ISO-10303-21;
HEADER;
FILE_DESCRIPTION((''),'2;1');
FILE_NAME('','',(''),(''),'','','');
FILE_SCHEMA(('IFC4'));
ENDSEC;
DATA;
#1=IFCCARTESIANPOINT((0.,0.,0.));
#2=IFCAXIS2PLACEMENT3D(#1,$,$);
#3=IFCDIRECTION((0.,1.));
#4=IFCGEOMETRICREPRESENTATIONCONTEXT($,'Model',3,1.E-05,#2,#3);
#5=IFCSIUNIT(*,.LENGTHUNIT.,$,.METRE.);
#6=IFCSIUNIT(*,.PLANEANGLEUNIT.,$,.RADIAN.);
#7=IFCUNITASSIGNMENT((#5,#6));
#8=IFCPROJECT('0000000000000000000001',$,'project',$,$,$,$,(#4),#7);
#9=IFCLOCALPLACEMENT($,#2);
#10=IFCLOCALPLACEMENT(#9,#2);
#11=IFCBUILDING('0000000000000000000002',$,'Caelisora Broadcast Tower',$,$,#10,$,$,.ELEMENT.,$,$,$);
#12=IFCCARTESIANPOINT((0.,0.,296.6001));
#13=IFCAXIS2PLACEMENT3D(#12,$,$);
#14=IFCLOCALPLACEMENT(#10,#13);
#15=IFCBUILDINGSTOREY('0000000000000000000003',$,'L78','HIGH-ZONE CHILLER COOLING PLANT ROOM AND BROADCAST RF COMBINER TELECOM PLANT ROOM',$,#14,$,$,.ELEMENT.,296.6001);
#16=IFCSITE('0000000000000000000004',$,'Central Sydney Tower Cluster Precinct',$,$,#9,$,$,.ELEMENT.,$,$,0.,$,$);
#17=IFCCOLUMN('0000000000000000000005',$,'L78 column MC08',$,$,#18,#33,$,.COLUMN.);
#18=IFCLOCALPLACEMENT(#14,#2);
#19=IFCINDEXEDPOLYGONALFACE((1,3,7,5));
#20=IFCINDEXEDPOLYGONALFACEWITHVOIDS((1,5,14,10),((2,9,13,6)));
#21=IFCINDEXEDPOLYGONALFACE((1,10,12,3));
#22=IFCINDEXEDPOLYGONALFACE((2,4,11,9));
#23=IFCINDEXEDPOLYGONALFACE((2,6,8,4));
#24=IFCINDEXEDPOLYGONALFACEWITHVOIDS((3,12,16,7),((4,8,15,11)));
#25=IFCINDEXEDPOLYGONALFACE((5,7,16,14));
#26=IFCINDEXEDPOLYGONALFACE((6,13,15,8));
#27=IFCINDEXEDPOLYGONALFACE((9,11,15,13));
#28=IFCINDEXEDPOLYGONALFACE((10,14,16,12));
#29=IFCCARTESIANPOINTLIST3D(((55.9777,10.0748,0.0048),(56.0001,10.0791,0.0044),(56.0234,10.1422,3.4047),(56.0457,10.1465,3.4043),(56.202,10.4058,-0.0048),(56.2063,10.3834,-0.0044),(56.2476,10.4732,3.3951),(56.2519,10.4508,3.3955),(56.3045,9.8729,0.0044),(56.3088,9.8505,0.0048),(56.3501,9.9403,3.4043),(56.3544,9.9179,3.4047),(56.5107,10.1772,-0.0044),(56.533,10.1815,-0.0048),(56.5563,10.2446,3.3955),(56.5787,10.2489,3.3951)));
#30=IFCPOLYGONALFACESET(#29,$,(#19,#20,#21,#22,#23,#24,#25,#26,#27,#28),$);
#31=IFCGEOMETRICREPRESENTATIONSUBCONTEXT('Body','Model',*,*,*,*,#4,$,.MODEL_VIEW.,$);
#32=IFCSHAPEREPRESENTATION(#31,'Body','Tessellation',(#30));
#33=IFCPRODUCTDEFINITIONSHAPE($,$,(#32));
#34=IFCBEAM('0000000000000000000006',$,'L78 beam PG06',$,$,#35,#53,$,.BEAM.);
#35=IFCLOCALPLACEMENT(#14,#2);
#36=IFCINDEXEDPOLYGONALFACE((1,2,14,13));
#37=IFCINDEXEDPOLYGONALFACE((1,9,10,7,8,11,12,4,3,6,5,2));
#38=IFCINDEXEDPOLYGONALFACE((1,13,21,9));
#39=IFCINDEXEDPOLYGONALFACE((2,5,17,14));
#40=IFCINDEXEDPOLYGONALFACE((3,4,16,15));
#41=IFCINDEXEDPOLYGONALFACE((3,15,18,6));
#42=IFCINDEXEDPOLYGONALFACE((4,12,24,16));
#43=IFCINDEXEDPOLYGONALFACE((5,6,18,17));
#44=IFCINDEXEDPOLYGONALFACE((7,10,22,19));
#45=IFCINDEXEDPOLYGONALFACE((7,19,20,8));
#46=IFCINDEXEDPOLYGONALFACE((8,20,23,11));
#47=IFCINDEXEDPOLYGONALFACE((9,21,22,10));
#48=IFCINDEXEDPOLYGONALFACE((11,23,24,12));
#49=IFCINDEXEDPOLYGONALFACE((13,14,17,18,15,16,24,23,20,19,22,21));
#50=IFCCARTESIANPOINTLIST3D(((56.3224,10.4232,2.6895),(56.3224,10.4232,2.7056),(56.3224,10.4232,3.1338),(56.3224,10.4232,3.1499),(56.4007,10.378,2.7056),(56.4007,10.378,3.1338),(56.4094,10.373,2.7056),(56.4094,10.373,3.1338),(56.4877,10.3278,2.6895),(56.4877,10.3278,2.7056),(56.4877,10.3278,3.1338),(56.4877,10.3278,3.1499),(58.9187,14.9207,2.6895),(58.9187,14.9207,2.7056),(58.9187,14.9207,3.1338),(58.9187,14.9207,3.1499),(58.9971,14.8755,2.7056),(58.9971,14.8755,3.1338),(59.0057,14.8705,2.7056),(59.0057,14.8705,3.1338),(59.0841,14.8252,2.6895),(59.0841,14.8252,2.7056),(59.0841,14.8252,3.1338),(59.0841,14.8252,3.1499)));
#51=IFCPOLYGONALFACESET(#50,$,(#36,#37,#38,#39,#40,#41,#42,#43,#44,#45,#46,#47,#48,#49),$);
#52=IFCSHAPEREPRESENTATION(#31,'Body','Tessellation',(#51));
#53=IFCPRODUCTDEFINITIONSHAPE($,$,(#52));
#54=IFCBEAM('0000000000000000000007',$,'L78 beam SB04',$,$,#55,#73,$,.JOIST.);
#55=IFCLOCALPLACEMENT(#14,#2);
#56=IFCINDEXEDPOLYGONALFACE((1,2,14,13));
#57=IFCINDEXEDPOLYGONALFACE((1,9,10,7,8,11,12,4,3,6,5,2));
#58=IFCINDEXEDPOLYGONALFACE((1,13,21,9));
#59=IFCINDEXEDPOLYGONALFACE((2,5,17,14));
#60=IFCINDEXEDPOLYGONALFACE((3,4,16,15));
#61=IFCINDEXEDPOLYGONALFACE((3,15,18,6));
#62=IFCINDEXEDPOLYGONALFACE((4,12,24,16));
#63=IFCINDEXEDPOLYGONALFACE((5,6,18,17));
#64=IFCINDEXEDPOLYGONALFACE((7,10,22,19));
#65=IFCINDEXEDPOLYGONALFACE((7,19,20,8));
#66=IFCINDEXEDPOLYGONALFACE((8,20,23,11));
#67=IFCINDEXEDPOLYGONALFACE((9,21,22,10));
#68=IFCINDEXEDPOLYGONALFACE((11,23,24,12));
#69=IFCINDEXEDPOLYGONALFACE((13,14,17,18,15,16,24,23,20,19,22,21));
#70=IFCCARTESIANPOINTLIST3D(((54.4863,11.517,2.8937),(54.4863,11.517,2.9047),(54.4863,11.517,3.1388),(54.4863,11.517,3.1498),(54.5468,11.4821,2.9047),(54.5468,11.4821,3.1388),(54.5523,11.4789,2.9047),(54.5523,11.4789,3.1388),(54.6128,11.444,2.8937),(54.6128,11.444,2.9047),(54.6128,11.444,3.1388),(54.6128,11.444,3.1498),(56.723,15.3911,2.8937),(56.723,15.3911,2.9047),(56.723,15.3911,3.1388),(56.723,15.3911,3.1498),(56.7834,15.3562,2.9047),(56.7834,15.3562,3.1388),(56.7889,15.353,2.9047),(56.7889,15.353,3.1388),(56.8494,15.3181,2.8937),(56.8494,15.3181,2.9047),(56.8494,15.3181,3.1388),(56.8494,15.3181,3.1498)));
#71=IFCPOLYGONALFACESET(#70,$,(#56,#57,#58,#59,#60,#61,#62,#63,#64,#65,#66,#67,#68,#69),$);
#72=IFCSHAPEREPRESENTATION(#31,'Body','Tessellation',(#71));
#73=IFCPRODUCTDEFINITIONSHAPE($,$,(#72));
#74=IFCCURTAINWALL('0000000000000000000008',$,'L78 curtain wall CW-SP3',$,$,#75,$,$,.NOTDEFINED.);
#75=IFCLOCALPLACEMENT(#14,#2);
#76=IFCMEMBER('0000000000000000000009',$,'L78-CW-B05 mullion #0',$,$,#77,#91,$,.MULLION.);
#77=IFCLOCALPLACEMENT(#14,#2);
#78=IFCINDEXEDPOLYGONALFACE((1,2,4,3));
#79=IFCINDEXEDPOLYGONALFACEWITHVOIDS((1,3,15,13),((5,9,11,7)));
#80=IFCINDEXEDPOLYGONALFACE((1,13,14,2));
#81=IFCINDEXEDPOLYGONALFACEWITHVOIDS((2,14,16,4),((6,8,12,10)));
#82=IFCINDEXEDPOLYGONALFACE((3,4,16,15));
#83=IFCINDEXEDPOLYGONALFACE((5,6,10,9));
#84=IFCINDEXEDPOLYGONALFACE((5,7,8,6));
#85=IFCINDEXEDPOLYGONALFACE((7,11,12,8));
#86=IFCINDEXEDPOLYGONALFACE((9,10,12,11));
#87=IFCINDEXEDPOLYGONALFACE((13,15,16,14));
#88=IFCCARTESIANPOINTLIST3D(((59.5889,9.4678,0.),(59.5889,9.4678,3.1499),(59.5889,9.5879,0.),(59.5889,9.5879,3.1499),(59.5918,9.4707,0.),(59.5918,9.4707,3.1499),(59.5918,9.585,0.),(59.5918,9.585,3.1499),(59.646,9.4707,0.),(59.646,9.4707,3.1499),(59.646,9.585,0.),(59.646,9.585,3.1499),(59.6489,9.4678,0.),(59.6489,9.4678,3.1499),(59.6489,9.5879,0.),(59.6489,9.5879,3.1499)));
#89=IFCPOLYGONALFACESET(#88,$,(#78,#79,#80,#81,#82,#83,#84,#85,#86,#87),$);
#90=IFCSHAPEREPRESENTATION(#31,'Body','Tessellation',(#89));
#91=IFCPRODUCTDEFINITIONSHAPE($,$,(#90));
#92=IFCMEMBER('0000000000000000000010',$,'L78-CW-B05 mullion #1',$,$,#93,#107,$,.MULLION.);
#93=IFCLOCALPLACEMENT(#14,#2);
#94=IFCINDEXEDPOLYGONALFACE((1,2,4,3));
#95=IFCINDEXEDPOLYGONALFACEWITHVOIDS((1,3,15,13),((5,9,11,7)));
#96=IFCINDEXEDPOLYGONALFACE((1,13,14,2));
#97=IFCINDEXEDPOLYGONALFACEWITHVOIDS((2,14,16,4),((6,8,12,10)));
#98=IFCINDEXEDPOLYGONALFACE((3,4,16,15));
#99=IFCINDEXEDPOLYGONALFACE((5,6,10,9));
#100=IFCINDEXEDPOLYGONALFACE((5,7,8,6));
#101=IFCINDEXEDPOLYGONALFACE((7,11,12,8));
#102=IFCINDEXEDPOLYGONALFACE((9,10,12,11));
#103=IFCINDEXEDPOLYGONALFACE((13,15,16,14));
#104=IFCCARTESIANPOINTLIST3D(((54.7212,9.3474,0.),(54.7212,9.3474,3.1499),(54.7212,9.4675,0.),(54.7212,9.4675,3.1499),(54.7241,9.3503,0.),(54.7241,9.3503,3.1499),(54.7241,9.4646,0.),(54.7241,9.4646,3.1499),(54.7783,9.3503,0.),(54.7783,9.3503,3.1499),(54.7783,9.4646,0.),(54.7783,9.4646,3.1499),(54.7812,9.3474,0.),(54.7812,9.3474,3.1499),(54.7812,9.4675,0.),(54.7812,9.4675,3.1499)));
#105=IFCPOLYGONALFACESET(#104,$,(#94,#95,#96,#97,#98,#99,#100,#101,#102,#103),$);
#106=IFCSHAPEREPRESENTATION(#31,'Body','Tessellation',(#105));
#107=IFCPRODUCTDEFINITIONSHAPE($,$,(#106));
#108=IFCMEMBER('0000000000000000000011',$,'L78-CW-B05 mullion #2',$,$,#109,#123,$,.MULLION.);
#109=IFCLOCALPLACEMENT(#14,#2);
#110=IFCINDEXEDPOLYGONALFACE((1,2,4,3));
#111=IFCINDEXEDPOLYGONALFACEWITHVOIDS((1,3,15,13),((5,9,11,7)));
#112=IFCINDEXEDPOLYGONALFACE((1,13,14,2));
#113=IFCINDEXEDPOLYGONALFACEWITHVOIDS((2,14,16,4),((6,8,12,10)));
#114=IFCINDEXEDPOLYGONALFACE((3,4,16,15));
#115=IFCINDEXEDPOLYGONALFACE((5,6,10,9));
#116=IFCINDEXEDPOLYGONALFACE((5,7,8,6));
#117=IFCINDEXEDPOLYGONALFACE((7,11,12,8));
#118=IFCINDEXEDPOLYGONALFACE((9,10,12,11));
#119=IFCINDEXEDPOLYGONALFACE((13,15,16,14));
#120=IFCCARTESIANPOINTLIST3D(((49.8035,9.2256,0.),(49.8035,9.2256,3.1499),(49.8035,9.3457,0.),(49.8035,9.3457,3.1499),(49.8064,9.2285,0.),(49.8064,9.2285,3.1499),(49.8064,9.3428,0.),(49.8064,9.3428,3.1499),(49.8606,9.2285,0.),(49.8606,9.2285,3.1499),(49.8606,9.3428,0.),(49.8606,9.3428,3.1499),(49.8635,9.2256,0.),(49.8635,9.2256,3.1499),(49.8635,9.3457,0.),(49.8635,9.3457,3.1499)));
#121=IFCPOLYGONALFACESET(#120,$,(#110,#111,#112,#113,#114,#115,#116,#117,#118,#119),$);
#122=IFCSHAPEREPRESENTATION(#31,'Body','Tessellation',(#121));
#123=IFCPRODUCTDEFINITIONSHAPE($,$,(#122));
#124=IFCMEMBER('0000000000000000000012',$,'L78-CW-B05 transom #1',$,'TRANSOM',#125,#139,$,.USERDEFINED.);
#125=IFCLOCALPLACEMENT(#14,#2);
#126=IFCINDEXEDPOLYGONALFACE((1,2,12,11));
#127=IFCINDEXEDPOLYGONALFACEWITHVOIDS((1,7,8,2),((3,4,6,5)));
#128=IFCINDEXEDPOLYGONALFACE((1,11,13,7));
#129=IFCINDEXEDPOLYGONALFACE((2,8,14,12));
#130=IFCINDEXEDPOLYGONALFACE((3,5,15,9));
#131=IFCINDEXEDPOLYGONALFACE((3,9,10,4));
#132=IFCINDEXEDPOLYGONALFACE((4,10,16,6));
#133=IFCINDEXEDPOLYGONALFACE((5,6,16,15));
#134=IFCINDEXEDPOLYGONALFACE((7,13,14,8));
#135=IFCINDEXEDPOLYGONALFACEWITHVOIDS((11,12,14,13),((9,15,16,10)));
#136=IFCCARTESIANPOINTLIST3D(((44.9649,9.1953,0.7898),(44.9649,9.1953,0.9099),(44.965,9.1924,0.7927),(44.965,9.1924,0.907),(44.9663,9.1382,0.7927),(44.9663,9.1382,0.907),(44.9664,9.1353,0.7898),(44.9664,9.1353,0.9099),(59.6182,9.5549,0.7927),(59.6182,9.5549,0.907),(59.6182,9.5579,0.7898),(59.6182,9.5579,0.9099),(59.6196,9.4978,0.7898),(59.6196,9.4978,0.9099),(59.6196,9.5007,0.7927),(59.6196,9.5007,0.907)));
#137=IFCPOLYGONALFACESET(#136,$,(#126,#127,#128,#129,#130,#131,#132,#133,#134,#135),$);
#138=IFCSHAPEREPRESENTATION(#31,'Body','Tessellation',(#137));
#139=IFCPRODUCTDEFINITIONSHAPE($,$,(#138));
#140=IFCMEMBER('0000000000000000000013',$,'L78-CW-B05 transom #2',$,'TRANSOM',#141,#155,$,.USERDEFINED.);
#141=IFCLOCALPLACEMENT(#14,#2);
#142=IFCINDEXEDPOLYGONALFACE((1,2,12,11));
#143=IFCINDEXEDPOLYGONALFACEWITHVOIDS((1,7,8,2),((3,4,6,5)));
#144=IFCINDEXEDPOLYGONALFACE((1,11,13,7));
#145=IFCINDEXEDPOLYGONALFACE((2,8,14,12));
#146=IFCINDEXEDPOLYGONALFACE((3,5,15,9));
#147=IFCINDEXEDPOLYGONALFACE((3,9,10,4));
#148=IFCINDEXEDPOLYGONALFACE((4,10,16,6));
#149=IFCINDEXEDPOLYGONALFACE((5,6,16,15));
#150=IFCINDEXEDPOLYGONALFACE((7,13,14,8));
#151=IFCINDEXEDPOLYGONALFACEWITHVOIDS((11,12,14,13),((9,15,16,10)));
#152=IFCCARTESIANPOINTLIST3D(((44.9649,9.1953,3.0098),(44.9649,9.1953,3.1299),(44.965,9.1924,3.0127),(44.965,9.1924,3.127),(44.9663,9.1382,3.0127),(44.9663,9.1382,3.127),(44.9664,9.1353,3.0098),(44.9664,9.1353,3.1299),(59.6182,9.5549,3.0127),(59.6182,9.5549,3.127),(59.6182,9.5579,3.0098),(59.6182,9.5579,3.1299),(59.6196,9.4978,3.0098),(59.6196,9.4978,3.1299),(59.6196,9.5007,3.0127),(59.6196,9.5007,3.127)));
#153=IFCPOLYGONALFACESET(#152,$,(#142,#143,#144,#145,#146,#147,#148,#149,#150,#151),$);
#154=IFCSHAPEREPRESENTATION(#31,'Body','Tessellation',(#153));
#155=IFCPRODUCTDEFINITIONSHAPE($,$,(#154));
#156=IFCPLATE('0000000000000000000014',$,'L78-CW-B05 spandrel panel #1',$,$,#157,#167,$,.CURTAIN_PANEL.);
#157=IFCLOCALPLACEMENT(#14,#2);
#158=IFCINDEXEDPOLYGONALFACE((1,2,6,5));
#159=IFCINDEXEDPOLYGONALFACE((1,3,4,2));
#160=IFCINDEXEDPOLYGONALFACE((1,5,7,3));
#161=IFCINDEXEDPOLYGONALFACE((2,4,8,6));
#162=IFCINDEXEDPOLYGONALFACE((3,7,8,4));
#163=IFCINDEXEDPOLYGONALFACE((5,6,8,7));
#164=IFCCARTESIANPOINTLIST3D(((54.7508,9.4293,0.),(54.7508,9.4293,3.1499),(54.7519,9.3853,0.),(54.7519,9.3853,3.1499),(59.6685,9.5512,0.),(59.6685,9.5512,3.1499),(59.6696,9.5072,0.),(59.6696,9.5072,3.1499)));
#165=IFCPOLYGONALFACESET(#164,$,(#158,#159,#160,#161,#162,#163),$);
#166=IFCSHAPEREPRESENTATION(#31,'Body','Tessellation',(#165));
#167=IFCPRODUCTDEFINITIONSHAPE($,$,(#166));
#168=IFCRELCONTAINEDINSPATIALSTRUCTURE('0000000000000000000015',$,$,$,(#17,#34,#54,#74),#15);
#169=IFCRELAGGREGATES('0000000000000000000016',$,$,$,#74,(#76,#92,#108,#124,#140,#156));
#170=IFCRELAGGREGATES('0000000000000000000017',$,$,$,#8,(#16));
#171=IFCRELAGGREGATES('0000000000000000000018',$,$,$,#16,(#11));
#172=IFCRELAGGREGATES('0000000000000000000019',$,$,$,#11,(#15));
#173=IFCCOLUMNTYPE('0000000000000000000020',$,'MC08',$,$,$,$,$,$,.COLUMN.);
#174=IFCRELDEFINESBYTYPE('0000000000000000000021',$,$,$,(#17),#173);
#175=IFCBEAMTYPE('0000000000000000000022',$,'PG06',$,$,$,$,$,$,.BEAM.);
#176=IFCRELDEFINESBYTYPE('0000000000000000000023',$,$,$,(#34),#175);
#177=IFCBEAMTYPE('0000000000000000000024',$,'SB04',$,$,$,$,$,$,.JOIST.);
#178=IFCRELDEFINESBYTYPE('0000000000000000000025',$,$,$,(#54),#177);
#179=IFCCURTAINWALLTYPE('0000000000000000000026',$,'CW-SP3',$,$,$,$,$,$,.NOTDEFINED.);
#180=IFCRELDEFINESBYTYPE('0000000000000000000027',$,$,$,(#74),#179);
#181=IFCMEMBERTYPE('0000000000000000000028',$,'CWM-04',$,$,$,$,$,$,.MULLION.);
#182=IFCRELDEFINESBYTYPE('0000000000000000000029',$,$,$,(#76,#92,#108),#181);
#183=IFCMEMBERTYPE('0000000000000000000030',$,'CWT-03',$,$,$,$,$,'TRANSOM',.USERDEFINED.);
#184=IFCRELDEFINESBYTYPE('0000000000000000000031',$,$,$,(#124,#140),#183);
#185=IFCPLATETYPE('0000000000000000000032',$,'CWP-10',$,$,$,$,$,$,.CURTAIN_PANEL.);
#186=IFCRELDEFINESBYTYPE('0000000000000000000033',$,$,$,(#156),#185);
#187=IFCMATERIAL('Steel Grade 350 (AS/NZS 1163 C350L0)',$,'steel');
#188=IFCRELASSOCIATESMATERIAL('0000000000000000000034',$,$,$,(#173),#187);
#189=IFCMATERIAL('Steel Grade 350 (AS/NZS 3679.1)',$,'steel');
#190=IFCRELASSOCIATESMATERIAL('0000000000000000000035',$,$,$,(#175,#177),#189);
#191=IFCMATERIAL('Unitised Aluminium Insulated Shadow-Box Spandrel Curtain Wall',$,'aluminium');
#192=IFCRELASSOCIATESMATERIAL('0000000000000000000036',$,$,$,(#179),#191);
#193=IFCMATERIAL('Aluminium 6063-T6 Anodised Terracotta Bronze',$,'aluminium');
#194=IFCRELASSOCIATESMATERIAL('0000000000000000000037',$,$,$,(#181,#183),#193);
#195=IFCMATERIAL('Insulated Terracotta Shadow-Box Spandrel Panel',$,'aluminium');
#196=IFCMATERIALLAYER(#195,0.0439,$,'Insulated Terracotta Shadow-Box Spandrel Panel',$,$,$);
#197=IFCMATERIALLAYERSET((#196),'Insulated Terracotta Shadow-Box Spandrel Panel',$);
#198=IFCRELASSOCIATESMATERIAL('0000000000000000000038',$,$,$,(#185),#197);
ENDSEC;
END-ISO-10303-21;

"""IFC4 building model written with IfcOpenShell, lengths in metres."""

from ifc_helpers import new_model, si_unit, direction, frame, origin, origin_2d, place, context, subcontext, project, spatial, rectangle, hollow_rectangle, i_section, extrude, source, transform, mapped, material, layer, layer_set, material_profile, profile_set, type_object, type_shapes, element, aggregate, save


model = new_model("IFC4")

# Units and contexts
model_context = context("Model", 3, precision=1e-05, world=origin(), true_north=direction((0.0, 1.0)))
body_context = subcontext(model_context, "Body", "Model", "MODEL_VIEW")
ifc_project = project(units=[si_unit("LENGTHUNIT", "METRE"), si_unit("PLANEANGLEUNIT", "RADIAN")], contexts=[model_context])

# Site, building, storey
site_placement = place(None, origin())
site = spatial("IfcSite", under=ifc_project, at=site_placement, Name="Central Sydney Tower Cluster Precinct", CompositionType="ELEMENT", RefElevation=0.0)
building_placement = place(site_placement, origin())
building = spatial("IfcBuilding", under=site, at=building_placement, Name="Caelisora Broadcast Tower", CompositionType="ELEMENT")
storey_placement = place(building_placement, frame((0.0, 0.0, 296.6001)))
storey = spatial("IfcBuildingStorey", under=building, at=storey_placement, Name="L78", Description="HIGH-ZONE CHILLER COOLING PLANT ROOM AND BROADCAST RF COMBINER TELECOM PLANT ROOM", CompositionType="ELEMENT", Elevation=296.6001)

# Column
ifc_material_1 = material(Name="Steel Grade 350 (AS/NZS 1163 C350L0)", Category="steel")
ifc_material_profile_1 = material_profile(ifc_material_1, hollow_rectangle(XDim=0.3999, YDim=0.3999, WallThickness=0.0161, at=origin_2d()), Name="Steel Grade 350 (AS/NZS 1163 C350L0)")
ifc_profile_set_1 = profile_set([ifc_material_profile_1], Name="Steel Grade 350 (AS/NZS 1163 C350L0)")
column_type = type_object("IfcColumnType", Name="MC08", PredefinedType="COLUMN", material=ifc_profile_set_1)
shared_shape_1 = source(origin(), body_context, "Body", "SweptSolid", [
    extrude(hollow_rectangle(XDim=0.3999, YDim=0.3999, WallThickness=0.0161, at=origin_2d()), origin(), (0.0, 0.0, 1.0), 3.4009),
])
type_shapes(column_type, [shared_shape_1])
column_placement = place(storey_placement, frame((56.2554, 10.1282, 0.0), z_axis=(0.013424, 0.019813, 0.999714), x_axis=(-0.827874, 0.560914, 0.0)))
element("IfcColumn", 1, at=column_placement, inside=storey, type_object=column_type, Name="L78 column MC08", PredefinedType="COLUMN", context=body_context, shape_type="MappedRepresentation", body=[
    mapped(shared_shape_1, transform((0.0, 0.0, 0.0), scale=1.0)),
])

# Beams
ifc_material_2 = material(Name="Steel Grade 350 (AS/NZS 3679.1)", Category="steel")
ifc_material_profile_2 = material_profile(ifc_material_2, i_section(OverallWidth=0.1909, OverallDepth=0.4604, WebThickness=0.01, FlangeThickness=0.0161, at=origin_2d()), Name="Steel Grade 350 (AS/NZS 3679.1)")
ifc_profile_set_2 = profile_set([ifc_material_profile_2], Name="Steel Grade 350 (AS/NZS 3679.1)")
beam_type_1 = type_object("IfcBeamType", Name="PG06", PredefinedType="BEAM", material=ifc_profile_set_2)
shared_shape_2 = source(origin(), body_context, "Body", "SweptSolid", [
    extrude(i_section(OverallWidth=0.1909, OverallDepth=0.4604, WebThickness=0.01, FlangeThickness=0.0161, at=origin_2d()), origin(), (0.0, 0.0, 1.0), 5.1931),
])
type_shapes(beam_type_1, [shared_shape_2])
beam_1_placement = place(storey_placement, frame((56.405, 10.3755, 2.9197), z_axis=(0.499967, 0.866045, 0.0), x_axis=(-0.866045, 0.499967, 0.0)))
element("IfcBeam", 2, at=beam_1_placement, inside=storey, type_object=beam_type_1, Name="L78 beam PG06", PredefinedType="BEAM", context=body_context, shape_type="MappedRepresentation", body=[
    mapped(shared_shape_2, transform((0.0, 0.0, 0.0), scale=1.0)),
])
ifc_material_profile_3 = material_profile(ifc_material_2, i_section(OverallWidth=0.146, OverallDepth=0.2561, WebThickness=0.0063, FlangeThickness=0.011, at=origin_2d()), Name="Steel Grade 350 (AS/NZS 3679.1)")
ifc_profile_set_3 = profile_set([ifc_material_profile_3], Name="Steel Grade 350 (AS/NZS 3679.1)")
beam_type_2 = type_object("IfcBeamType", Name="SB04", PredefinedType="JOIST", material=ifc_profile_set_3)
shared_shape_3 = source(origin(), body_context, "Body", "SweptSolid", [
    extrude(i_section(OverallWidth=0.146, OverallDepth=0.2561, WebThickness=0.0063, FlangeThickness=0.011, at=origin_2d()), origin(), (0.0, 0.0, 1.0), 4.4734),
])
type_shapes(beam_type_2, [shared_shape_3])
beam_2_placement = place(storey_placement, frame((54.5496, 11.4805, 3.0217), z_axis=(0.499984, 0.866035, 0.0), x_axis=(-0.866035, 0.499984, 0.0)))
element("IfcBeam", 3, at=beam_2_placement, inside=storey, type_object=beam_type_2, Name="L78 beam SB04", PredefinedType="JOIST", context=body_context, shape_type="MappedRepresentation", body=[
    mapped(shared_shape_3, transform((0.0, 0.0, 0.0), scale=1.0)),
])

# Curtain wall, members, plate
ifc_material_3 = material(Name="Unitised Aluminium Insulated Shadow-Box Spandrel Curtain Wall", Category="aluminium")
curtain_wall_type = type_object("IfcCurtainWallType", Name="CW-SP3", PredefinedType="NOTDEFINED", material=ifc_material_3)
curtain_wall_placement = place(storey_placement, origin())
curtain_wall = element("IfcCurtainWall", 4, at=curtain_wall_placement, inside=storey, type_object=curtain_wall_type, Name="L78 curtain wall CW-SP3", PredefinedType="NOTDEFINED")
ifc_material_4 = material(Name="Aluminium 6063-T6 Anodised Terracotta Bronze", Category="aluminium")
ifc_material_profile_4 = material_profile(ifc_material_4, hollow_rectangle(XDim=0.0601, YDim=0.1201, WallThickness=0.0029, at=origin_2d()), Name="Aluminium 6063-T6 Anodised Terracotta Bronze")
ifc_profile_set_4 = profile_set([ifc_material_profile_4], Name="Aluminium 6063-T6 Anodised Terracotta Bronze")
member_type_1 = type_object("IfcMemberType", Name="CWM-04", PredefinedType="MULLION", material=ifc_profile_set_4)
shared_shape_4 = source(origin(), body_context, "Body", "SweptSolid", [
    extrude(hollow_rectangle(XDim=0.0601, YDim=0.1201, WallThickness=0.0029, at=origin_2d()), origin(), (0.0, 0.0, 1.0), 3.1499),
])
type_shapes(member_type_1, [shared_shape_4])
member_1_placement = place(storey_placement, frame((59.6189, 9.5278, 0.0), z_axis=(0.0, 0.0, 1.0), x_axis=(1.0, 0.0, 0.0)))
member_1 = element("IfcMember", 5, at=member_1_placement, type_object=member_type_1, Name="L78-CW-B05 mullion #0", PredefinedType="MULLION", context=body_context, shape_type="MappedRepresentation", body=[
    mapped(shared_shape_4, transform((0.0, 0.0, 0.0), scale=1.0)),
])
member_2_placement = place(storey_placement, frame((54.7512, 9.4075, 0.0), z_axis=(0.0, 0.0, 1.0), x_axis=(1.0, 0.0, 0.0)))
member_2 = element("IfcMember", 6, at=member_2_placement, type_object=member_type_1, Name="L78-CW-B05 mullion #1", PredefinedType="MULLION", context=body_context, shape_type="MappedRepresentation", body=[
    mapped(shared_shape_4, transform((0.0, 0.0, 0.0), scale=1.0)),
])
member_3_placement = place(storey_placement, frame((49.8335, 9.2856, 0.0), z_axis=(0.0, 0.0, 1.0), x_axis=(1.0, 0.0, 0.0)))
member_3 = element("IfcMember", 7, at=member_3_placement, type_object=member_type_1, Name="L78-CW-B05 mullion #2", PredefinedType="MULLION", context=body_context, shape_type="MappedRepresentation", body=[
    mapped(shared_shape_4, transform((0.0, 0.0, 0.0), scale=1.0)),
])
ifc_material_profile_5 = material_profile(ifc_material_4, hollow_rectangle(XDim=0.0601, YDim=0.1201, WallThickness=0.0029, at=origin_2d()), Name="Aluminium 6063-T6 Anodised Terracotta Bronze")
ifc_profile_set_5 = profile_set([ifc_material_profile_5], Name="Aluminium 6063-T6 Anodised Terracotta Bronze")
member_type_2 = type_object("IfcMemberType", Name="CWT-03", ElementType="TRANSOM", PredefinedType="USERDEFINED", material=ifc_profile_set_5)
shared_shape_5 = source(origin(), body_context, "Body", "SweptSolid", [
    extrude(hollow_rectangle(XDim=0.0601, YDim=0.1201, WallThickness=0.0029, at=origin_2d()), origin(), (0.0, 0.0, 1.0), 14.6577),
])
type_shapes(member_type_2, [shared_shape_5])
member_4_placement = place(storey_placement, frame((59.6189, 9.5278, 0.8499), z_axis=(-0.999694, -0.024734, 0.0), x_axis=(0.024734, -0.999694, 0.0)))
member_4 = element("IfcMember", 8, at=member_4_placement, type_object=member_type_2, Name="L78-CW-B05 transom #1", ObjectType="TRANSOM", PredefinedType="USERDEFINED", context=body_context, shape_type="MappedRepresentation", body=[
    mapped(shared_shape_5, transform((0.0, 0.0, 0.0), scale=1.0)),
])
member_5_placement = place(storey_placement, frame((59.6189, 9.5278, 3.0698), z_axis=(-0.999694, -0.024734, 0.0), x_axis=(0.024734, -0.999694, 0.0)))
member_5 = element("IfcMember", 9, at=member_5_placement, type_object=member_type_2, Name="L78-CW-B05 transom #2", ObjectType="TRANSOM", PredefinedType="USERDEFINED", context=body_context, shape_type="MappedRepresentation", body=[
    mapped(shared_shape_5, transform((0.0, 0.0, 0.0), scale=1.0)),
])
ifc_material_5 = material(Name="Insulated Terracotta Shadow-Box Spandrel Panel", Category="aluminium")
ifc_layer_1 = layer(ifc_material_5, 0.0439, Name="Insulated Terracotta Shadow-Box Spandrel Panel")
ifc_layer_set_1 = layer_set([ifc_layer_1], Name="Insulated Terracotta Shadow-Box Spandrel Panel")
plate_type = type_object("IfcPlateType", Name="CWP-10", PredefinedType="CURTAIN_PANEL", material=ifc_layer_set_1)
shared_shape_6 = source(origin(), body_context, "Body", "SweptSolid", [
    extrude(rectangle(XDim=4.9192, YDim=0.0439, at=origin_2d()), origin(), (0.0, 0.0, 1.0), 3.1499),
])
type_shapes(plate_type, [shared_shape_6])
plate_1_placement = place(storey_placement, frame((57.2102, 9.4683, 0.0), z_axis=(0.0, 0.0, 1.0), x_axis=(-0.999693, -0.024781, 0.0)))
plate_1 = element("IfcPlate", 10, at=plate_1_placement, type_object=plate_type, Name="L78-CW-B05 spandrel panel #1", PredefinedType="CURTAIN_PANEL", context=body_context, shape_type="MappedRepresentation", body=[
    mapped(shared_shape_6, transform((0.0, 0.0, 0.0), scale=1.0)),
])
aggregate(curtain_wall, [member_1, member_2, member_3, member_4, member_5, plate_1])

save(model, "model.ifc")
